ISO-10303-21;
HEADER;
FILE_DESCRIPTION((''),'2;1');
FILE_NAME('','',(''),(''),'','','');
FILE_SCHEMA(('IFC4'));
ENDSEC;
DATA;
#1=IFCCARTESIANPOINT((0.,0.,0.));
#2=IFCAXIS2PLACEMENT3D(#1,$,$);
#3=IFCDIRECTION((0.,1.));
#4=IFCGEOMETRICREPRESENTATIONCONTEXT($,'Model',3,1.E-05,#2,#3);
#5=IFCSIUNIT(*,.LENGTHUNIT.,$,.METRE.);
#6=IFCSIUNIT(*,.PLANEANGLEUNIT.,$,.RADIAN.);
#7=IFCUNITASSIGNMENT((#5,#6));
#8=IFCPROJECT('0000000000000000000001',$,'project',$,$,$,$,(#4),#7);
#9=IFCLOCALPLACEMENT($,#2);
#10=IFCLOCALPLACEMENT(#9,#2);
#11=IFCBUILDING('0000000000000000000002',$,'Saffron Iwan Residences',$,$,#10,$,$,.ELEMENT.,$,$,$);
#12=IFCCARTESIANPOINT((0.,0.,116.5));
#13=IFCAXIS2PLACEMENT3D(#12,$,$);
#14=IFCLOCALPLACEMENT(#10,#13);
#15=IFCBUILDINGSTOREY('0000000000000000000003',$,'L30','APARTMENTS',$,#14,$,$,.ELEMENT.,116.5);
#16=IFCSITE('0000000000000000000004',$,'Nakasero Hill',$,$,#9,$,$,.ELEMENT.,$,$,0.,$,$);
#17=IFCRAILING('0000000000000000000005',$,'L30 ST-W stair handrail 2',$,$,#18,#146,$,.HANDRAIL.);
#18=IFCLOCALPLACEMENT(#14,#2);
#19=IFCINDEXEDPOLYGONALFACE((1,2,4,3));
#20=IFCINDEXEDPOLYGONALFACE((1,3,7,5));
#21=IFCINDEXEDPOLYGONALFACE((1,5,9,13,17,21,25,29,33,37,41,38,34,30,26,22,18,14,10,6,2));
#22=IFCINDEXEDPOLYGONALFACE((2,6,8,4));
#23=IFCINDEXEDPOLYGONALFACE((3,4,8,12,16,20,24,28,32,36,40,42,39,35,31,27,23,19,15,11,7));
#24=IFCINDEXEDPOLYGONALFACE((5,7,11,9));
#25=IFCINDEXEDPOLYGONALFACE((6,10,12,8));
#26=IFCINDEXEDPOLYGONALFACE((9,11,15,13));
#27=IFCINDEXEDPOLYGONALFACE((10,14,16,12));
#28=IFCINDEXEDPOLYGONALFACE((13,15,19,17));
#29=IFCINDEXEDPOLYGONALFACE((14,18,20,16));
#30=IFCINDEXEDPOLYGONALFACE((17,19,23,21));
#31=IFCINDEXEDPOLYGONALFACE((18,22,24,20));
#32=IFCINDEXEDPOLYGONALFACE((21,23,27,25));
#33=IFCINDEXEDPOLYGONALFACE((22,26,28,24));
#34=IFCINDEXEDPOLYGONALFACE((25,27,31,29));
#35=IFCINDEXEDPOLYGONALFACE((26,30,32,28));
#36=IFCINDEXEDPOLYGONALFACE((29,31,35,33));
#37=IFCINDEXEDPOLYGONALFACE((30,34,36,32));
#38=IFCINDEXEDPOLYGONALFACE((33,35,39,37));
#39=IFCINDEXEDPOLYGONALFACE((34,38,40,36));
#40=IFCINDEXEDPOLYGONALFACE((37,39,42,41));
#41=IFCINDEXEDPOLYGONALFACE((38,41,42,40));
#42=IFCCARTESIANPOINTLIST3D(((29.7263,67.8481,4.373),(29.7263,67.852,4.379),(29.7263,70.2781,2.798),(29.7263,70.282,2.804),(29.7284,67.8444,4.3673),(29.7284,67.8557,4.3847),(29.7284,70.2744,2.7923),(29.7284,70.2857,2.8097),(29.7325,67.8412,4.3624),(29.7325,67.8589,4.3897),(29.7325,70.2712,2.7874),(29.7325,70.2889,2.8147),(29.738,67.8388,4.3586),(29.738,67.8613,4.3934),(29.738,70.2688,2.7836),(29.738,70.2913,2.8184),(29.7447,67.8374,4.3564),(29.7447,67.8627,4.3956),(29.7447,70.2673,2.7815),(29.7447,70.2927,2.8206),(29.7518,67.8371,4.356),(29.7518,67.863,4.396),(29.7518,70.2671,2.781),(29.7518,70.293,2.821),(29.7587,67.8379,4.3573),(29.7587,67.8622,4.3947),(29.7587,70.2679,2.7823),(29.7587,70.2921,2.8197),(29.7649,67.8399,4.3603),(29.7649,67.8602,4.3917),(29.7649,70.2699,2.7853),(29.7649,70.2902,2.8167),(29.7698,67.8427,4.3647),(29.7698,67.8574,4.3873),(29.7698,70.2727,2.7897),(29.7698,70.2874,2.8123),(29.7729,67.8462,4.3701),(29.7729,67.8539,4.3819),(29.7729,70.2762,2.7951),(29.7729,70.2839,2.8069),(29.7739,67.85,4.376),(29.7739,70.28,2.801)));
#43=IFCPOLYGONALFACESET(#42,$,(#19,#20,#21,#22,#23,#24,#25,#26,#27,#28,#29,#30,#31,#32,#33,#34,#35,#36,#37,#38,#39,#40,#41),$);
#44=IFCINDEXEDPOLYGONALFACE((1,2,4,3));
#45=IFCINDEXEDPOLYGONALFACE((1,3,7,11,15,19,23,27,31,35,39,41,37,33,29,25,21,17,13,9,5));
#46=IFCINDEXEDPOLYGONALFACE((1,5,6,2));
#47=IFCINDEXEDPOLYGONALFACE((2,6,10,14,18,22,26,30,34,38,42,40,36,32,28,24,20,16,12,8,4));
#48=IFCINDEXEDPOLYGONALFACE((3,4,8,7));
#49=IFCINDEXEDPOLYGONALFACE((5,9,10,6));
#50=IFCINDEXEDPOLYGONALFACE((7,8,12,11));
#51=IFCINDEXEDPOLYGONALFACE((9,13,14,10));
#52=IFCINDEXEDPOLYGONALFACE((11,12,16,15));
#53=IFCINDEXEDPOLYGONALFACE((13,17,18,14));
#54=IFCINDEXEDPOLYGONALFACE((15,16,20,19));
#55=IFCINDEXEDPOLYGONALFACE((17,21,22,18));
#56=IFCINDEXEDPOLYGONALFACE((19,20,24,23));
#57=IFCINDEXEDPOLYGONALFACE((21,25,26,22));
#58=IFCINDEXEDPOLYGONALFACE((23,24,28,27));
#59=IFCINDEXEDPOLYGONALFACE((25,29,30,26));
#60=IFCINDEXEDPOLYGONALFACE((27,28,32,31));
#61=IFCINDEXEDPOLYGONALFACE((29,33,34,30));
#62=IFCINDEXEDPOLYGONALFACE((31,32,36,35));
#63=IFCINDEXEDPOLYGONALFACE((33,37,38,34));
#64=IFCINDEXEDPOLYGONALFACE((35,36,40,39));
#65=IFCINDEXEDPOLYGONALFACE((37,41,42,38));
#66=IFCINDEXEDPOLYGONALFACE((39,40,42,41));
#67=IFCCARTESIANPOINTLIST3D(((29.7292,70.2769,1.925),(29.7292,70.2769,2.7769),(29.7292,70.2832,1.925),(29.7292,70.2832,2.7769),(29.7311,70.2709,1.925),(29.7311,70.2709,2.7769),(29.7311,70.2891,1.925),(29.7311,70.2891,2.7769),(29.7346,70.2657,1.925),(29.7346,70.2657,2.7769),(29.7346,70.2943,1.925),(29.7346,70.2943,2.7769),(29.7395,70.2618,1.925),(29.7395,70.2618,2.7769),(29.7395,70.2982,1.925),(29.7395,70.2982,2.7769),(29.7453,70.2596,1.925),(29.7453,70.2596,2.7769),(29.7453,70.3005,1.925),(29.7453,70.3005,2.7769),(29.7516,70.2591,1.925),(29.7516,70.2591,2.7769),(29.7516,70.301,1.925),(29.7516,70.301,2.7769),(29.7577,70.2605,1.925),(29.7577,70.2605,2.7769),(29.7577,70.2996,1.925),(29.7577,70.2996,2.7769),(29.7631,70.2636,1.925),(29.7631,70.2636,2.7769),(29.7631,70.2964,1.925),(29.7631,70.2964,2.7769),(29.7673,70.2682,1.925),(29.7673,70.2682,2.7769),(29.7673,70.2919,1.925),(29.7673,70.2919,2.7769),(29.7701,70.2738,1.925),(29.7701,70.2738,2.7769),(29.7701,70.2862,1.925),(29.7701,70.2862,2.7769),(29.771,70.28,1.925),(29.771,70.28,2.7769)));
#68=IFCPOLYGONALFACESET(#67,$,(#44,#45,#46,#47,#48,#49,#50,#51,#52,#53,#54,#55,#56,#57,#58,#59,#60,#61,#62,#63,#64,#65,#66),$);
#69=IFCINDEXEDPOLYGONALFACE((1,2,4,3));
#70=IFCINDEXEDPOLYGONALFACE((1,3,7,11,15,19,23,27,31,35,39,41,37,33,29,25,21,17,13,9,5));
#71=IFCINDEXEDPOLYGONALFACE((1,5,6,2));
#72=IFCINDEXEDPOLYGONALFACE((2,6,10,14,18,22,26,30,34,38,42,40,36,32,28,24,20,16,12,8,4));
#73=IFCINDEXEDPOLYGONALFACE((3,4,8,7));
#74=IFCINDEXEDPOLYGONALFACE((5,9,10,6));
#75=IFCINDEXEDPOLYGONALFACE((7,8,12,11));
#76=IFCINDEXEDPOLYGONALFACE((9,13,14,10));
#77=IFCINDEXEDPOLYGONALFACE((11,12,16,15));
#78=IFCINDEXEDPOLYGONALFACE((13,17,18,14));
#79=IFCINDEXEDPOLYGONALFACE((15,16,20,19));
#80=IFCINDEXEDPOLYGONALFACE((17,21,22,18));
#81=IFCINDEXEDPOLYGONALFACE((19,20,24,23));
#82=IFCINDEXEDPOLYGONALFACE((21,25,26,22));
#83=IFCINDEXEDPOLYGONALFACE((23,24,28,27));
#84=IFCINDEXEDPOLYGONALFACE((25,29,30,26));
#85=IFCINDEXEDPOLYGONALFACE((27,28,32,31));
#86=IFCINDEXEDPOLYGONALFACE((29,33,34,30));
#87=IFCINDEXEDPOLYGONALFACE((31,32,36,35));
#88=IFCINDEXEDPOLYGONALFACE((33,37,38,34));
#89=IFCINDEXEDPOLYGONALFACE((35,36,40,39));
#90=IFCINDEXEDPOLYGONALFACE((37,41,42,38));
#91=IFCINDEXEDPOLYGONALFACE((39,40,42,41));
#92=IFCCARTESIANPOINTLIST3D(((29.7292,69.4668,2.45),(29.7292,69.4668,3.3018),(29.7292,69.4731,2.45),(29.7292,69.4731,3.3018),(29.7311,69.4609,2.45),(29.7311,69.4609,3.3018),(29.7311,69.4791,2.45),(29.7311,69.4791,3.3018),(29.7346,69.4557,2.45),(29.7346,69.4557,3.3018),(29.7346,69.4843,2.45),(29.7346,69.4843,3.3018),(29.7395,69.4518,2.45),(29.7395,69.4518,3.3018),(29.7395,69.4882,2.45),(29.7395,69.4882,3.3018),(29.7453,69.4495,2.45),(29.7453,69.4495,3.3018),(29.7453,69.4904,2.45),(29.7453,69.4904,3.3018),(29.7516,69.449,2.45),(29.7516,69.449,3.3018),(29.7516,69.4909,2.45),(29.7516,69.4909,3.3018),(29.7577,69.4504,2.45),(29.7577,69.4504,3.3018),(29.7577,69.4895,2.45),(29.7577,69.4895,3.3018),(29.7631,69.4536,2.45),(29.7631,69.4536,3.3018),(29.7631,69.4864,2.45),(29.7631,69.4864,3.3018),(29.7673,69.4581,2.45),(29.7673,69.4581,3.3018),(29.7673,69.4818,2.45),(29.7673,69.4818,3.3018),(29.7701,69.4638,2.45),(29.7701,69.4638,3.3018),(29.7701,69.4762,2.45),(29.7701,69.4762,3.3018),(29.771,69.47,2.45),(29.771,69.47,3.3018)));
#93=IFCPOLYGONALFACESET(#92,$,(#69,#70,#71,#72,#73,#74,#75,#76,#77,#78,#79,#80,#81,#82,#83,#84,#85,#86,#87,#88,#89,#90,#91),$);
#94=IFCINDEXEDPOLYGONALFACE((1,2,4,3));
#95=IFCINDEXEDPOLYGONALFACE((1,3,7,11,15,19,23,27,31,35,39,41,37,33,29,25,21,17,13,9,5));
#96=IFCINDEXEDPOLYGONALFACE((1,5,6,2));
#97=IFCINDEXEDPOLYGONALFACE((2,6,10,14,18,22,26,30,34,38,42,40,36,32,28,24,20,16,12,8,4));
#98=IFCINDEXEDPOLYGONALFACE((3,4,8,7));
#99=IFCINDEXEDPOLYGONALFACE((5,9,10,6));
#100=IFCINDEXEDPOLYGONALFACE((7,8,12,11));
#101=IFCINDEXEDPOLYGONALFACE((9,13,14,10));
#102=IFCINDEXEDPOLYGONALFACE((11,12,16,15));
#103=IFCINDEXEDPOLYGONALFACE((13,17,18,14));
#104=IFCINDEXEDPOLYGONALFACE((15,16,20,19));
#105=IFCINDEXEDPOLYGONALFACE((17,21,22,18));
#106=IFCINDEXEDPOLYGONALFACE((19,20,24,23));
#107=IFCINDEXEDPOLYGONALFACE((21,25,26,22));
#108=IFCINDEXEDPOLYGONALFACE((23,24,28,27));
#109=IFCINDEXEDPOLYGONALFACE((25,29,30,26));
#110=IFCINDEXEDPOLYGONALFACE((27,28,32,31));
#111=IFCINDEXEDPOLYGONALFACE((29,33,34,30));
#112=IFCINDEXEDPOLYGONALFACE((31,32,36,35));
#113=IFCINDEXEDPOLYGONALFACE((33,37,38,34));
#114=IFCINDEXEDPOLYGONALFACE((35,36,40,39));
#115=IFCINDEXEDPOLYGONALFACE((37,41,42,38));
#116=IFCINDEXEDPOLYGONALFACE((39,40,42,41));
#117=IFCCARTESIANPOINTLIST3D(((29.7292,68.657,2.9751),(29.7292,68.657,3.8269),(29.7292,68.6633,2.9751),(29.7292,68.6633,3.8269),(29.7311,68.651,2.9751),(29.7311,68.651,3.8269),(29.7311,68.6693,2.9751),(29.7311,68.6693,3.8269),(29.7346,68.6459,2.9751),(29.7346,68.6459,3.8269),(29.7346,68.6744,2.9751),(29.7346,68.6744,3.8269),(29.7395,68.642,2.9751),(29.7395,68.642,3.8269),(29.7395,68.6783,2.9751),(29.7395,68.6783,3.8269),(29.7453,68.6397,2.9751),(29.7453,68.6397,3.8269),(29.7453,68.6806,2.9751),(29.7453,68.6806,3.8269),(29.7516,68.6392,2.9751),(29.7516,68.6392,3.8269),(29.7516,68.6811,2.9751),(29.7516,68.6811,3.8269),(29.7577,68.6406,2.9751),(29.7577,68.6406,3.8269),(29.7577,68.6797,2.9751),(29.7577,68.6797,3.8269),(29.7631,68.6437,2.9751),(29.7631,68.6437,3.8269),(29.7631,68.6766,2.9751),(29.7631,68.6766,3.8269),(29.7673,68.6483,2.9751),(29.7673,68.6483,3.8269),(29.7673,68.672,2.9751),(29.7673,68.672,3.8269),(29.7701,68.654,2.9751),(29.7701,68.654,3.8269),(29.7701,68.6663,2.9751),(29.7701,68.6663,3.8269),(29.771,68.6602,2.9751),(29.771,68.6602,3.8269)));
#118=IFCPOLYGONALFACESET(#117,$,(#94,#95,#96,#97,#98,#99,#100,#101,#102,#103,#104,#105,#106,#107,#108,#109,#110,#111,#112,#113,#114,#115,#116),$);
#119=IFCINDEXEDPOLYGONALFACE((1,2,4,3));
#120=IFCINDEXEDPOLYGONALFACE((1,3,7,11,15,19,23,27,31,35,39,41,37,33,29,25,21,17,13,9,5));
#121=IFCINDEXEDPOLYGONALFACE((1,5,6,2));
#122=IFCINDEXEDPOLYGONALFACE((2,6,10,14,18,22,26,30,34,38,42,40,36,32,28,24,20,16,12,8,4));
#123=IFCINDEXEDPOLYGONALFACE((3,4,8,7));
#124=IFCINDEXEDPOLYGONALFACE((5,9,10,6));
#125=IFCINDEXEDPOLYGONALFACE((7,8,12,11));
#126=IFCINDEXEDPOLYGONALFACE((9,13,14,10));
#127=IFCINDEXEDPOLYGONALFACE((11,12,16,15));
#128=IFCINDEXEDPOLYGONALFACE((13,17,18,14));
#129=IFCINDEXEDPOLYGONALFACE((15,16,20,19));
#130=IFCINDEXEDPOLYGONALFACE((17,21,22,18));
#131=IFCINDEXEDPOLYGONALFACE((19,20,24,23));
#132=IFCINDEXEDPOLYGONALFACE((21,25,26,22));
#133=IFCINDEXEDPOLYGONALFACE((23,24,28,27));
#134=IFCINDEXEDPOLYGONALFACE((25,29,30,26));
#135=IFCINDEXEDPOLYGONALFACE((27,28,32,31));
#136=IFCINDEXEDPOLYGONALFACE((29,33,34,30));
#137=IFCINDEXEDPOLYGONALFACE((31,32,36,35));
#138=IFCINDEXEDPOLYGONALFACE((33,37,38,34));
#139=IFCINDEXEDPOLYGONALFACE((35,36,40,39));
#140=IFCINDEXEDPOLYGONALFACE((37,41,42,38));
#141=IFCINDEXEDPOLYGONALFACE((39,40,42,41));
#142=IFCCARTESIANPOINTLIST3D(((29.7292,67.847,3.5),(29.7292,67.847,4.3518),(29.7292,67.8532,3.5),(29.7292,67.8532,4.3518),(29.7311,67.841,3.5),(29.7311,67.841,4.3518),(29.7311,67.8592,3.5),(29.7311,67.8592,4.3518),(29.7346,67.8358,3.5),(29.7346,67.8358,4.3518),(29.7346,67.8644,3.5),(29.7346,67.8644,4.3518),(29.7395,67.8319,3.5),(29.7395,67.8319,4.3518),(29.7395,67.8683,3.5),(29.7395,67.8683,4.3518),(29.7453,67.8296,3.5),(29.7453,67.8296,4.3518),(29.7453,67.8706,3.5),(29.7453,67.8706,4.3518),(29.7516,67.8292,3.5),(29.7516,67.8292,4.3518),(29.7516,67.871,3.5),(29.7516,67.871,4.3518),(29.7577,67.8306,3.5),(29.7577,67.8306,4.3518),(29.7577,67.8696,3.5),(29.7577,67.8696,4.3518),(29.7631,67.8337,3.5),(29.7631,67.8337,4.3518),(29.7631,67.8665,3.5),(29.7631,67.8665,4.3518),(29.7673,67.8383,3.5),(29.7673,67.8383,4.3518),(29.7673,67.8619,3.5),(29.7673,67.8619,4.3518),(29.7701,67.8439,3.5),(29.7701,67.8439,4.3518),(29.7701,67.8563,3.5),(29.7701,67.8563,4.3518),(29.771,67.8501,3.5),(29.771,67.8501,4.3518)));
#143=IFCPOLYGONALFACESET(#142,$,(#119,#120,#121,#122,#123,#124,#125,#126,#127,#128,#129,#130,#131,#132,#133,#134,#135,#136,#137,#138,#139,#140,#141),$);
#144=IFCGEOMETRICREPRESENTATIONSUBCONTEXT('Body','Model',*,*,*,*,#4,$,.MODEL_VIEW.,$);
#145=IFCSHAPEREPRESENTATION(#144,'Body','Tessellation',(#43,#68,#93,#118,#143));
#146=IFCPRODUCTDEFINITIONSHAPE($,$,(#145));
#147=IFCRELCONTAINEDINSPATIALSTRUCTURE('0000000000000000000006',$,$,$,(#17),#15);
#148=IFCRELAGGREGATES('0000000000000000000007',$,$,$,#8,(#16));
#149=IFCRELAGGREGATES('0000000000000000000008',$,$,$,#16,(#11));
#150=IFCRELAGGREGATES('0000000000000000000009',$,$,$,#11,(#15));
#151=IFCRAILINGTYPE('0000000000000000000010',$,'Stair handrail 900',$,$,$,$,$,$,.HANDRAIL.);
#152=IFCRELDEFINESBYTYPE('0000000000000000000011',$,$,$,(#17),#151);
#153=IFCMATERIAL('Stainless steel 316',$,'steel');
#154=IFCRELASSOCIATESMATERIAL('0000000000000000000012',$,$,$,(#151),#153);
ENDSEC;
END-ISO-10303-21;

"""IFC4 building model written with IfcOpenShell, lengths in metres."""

from ifc_helpers import new_model, si_unit, direction, frame, origin, origin_2d, place, context, subcontext, project, spatial, circle, extrude, material, type_object, element, save


model = new_model("IFC4")

# Units and contexts
model_context = context("Model", 3, precision=1e-05, world=origin(), true_north=direction((0.0, 1.0)))
body_context = subcontext(model_context, "Body", "Model", "MODEL_VIEW")
ifc_project = project(units=[si_unit("LENGTHUNIT", "METRE"), si_unit("PLANEANGLEUNIT", "RADIAN")], contexts=[model_context])

# Site, building, storey
site_placement = place(None, origin())
site = spatial("IfcSite", under=ifc_project, at=site_placement, Name="Nakasero Hill", CompositionType="ELEMENT", RefElevation=0.0)
building_placement = place(site_placement, origin())
building = spatial("IfcBuilding", under=site, at=building_placement, Name="Saffron Iwan Residences", CompositionType="ELEMENT")
storey_placement = place(building_placement, frame((0.0, 0.0, 116.5)))
storey = spatial("IfcBuildingStorey", under=building, at=storey_placement, Name="L30", Description="APARTMENTS", CompositionType="ELEMENT", Elevation=116.5)

# Railing
ifc_material_1 = material(Name="Stainless steel 316", Category="steel")
railing_type_1 = type_object("IfcRailingType", Name="Stair handrail 900", PredefinedType="HANDRAIL", material=ifc_material_1)
railing_1_placement = place(storey_placement, frame((29.75, 70.28, 1.925)))
element("IfcRailing", 1, at=railing_1_placement, inside=storey, type_object=railing_type_1, Name="L30 ST-W stair handrail 2", PredefinedType="HANDRAIL", context=body_context, shape_type="SweptSolid", body=[
    extrude(circle(Radius=0.0239, at=origin_2d()), frame((0.0, 0.0, 0.876), z_axis=(0.0, -0.839154, 0.543894), x_axis=(1.0, 0.0, 0.0)), (0.0, 0.0, 1.0), 2.8958),
    extrude(circle(Radius=0.021, at=origin_2d()), origin(), (0.0, 0.0, 1.0), 0.8518),
    extrude(circle(Radius=0.021, at=origin_2d()), frame((0.0, -0.8101, 0.5249)), (0.0, 0.0, 1.0), 0.8518),
    extrude(circle(Radius=0.021, at=origin_2d()), frame((0.0, -1.6199, 1.05)), (0.0, 0.0, 1.0), 0.8518),
    extrude(circle(Radius=0.021, at=origin_2d()), frame((0.0, -2.4299, 1.575)), (0.0, 0.0, 1.0), 0.8518),
])

save(model, "model.ifc")
